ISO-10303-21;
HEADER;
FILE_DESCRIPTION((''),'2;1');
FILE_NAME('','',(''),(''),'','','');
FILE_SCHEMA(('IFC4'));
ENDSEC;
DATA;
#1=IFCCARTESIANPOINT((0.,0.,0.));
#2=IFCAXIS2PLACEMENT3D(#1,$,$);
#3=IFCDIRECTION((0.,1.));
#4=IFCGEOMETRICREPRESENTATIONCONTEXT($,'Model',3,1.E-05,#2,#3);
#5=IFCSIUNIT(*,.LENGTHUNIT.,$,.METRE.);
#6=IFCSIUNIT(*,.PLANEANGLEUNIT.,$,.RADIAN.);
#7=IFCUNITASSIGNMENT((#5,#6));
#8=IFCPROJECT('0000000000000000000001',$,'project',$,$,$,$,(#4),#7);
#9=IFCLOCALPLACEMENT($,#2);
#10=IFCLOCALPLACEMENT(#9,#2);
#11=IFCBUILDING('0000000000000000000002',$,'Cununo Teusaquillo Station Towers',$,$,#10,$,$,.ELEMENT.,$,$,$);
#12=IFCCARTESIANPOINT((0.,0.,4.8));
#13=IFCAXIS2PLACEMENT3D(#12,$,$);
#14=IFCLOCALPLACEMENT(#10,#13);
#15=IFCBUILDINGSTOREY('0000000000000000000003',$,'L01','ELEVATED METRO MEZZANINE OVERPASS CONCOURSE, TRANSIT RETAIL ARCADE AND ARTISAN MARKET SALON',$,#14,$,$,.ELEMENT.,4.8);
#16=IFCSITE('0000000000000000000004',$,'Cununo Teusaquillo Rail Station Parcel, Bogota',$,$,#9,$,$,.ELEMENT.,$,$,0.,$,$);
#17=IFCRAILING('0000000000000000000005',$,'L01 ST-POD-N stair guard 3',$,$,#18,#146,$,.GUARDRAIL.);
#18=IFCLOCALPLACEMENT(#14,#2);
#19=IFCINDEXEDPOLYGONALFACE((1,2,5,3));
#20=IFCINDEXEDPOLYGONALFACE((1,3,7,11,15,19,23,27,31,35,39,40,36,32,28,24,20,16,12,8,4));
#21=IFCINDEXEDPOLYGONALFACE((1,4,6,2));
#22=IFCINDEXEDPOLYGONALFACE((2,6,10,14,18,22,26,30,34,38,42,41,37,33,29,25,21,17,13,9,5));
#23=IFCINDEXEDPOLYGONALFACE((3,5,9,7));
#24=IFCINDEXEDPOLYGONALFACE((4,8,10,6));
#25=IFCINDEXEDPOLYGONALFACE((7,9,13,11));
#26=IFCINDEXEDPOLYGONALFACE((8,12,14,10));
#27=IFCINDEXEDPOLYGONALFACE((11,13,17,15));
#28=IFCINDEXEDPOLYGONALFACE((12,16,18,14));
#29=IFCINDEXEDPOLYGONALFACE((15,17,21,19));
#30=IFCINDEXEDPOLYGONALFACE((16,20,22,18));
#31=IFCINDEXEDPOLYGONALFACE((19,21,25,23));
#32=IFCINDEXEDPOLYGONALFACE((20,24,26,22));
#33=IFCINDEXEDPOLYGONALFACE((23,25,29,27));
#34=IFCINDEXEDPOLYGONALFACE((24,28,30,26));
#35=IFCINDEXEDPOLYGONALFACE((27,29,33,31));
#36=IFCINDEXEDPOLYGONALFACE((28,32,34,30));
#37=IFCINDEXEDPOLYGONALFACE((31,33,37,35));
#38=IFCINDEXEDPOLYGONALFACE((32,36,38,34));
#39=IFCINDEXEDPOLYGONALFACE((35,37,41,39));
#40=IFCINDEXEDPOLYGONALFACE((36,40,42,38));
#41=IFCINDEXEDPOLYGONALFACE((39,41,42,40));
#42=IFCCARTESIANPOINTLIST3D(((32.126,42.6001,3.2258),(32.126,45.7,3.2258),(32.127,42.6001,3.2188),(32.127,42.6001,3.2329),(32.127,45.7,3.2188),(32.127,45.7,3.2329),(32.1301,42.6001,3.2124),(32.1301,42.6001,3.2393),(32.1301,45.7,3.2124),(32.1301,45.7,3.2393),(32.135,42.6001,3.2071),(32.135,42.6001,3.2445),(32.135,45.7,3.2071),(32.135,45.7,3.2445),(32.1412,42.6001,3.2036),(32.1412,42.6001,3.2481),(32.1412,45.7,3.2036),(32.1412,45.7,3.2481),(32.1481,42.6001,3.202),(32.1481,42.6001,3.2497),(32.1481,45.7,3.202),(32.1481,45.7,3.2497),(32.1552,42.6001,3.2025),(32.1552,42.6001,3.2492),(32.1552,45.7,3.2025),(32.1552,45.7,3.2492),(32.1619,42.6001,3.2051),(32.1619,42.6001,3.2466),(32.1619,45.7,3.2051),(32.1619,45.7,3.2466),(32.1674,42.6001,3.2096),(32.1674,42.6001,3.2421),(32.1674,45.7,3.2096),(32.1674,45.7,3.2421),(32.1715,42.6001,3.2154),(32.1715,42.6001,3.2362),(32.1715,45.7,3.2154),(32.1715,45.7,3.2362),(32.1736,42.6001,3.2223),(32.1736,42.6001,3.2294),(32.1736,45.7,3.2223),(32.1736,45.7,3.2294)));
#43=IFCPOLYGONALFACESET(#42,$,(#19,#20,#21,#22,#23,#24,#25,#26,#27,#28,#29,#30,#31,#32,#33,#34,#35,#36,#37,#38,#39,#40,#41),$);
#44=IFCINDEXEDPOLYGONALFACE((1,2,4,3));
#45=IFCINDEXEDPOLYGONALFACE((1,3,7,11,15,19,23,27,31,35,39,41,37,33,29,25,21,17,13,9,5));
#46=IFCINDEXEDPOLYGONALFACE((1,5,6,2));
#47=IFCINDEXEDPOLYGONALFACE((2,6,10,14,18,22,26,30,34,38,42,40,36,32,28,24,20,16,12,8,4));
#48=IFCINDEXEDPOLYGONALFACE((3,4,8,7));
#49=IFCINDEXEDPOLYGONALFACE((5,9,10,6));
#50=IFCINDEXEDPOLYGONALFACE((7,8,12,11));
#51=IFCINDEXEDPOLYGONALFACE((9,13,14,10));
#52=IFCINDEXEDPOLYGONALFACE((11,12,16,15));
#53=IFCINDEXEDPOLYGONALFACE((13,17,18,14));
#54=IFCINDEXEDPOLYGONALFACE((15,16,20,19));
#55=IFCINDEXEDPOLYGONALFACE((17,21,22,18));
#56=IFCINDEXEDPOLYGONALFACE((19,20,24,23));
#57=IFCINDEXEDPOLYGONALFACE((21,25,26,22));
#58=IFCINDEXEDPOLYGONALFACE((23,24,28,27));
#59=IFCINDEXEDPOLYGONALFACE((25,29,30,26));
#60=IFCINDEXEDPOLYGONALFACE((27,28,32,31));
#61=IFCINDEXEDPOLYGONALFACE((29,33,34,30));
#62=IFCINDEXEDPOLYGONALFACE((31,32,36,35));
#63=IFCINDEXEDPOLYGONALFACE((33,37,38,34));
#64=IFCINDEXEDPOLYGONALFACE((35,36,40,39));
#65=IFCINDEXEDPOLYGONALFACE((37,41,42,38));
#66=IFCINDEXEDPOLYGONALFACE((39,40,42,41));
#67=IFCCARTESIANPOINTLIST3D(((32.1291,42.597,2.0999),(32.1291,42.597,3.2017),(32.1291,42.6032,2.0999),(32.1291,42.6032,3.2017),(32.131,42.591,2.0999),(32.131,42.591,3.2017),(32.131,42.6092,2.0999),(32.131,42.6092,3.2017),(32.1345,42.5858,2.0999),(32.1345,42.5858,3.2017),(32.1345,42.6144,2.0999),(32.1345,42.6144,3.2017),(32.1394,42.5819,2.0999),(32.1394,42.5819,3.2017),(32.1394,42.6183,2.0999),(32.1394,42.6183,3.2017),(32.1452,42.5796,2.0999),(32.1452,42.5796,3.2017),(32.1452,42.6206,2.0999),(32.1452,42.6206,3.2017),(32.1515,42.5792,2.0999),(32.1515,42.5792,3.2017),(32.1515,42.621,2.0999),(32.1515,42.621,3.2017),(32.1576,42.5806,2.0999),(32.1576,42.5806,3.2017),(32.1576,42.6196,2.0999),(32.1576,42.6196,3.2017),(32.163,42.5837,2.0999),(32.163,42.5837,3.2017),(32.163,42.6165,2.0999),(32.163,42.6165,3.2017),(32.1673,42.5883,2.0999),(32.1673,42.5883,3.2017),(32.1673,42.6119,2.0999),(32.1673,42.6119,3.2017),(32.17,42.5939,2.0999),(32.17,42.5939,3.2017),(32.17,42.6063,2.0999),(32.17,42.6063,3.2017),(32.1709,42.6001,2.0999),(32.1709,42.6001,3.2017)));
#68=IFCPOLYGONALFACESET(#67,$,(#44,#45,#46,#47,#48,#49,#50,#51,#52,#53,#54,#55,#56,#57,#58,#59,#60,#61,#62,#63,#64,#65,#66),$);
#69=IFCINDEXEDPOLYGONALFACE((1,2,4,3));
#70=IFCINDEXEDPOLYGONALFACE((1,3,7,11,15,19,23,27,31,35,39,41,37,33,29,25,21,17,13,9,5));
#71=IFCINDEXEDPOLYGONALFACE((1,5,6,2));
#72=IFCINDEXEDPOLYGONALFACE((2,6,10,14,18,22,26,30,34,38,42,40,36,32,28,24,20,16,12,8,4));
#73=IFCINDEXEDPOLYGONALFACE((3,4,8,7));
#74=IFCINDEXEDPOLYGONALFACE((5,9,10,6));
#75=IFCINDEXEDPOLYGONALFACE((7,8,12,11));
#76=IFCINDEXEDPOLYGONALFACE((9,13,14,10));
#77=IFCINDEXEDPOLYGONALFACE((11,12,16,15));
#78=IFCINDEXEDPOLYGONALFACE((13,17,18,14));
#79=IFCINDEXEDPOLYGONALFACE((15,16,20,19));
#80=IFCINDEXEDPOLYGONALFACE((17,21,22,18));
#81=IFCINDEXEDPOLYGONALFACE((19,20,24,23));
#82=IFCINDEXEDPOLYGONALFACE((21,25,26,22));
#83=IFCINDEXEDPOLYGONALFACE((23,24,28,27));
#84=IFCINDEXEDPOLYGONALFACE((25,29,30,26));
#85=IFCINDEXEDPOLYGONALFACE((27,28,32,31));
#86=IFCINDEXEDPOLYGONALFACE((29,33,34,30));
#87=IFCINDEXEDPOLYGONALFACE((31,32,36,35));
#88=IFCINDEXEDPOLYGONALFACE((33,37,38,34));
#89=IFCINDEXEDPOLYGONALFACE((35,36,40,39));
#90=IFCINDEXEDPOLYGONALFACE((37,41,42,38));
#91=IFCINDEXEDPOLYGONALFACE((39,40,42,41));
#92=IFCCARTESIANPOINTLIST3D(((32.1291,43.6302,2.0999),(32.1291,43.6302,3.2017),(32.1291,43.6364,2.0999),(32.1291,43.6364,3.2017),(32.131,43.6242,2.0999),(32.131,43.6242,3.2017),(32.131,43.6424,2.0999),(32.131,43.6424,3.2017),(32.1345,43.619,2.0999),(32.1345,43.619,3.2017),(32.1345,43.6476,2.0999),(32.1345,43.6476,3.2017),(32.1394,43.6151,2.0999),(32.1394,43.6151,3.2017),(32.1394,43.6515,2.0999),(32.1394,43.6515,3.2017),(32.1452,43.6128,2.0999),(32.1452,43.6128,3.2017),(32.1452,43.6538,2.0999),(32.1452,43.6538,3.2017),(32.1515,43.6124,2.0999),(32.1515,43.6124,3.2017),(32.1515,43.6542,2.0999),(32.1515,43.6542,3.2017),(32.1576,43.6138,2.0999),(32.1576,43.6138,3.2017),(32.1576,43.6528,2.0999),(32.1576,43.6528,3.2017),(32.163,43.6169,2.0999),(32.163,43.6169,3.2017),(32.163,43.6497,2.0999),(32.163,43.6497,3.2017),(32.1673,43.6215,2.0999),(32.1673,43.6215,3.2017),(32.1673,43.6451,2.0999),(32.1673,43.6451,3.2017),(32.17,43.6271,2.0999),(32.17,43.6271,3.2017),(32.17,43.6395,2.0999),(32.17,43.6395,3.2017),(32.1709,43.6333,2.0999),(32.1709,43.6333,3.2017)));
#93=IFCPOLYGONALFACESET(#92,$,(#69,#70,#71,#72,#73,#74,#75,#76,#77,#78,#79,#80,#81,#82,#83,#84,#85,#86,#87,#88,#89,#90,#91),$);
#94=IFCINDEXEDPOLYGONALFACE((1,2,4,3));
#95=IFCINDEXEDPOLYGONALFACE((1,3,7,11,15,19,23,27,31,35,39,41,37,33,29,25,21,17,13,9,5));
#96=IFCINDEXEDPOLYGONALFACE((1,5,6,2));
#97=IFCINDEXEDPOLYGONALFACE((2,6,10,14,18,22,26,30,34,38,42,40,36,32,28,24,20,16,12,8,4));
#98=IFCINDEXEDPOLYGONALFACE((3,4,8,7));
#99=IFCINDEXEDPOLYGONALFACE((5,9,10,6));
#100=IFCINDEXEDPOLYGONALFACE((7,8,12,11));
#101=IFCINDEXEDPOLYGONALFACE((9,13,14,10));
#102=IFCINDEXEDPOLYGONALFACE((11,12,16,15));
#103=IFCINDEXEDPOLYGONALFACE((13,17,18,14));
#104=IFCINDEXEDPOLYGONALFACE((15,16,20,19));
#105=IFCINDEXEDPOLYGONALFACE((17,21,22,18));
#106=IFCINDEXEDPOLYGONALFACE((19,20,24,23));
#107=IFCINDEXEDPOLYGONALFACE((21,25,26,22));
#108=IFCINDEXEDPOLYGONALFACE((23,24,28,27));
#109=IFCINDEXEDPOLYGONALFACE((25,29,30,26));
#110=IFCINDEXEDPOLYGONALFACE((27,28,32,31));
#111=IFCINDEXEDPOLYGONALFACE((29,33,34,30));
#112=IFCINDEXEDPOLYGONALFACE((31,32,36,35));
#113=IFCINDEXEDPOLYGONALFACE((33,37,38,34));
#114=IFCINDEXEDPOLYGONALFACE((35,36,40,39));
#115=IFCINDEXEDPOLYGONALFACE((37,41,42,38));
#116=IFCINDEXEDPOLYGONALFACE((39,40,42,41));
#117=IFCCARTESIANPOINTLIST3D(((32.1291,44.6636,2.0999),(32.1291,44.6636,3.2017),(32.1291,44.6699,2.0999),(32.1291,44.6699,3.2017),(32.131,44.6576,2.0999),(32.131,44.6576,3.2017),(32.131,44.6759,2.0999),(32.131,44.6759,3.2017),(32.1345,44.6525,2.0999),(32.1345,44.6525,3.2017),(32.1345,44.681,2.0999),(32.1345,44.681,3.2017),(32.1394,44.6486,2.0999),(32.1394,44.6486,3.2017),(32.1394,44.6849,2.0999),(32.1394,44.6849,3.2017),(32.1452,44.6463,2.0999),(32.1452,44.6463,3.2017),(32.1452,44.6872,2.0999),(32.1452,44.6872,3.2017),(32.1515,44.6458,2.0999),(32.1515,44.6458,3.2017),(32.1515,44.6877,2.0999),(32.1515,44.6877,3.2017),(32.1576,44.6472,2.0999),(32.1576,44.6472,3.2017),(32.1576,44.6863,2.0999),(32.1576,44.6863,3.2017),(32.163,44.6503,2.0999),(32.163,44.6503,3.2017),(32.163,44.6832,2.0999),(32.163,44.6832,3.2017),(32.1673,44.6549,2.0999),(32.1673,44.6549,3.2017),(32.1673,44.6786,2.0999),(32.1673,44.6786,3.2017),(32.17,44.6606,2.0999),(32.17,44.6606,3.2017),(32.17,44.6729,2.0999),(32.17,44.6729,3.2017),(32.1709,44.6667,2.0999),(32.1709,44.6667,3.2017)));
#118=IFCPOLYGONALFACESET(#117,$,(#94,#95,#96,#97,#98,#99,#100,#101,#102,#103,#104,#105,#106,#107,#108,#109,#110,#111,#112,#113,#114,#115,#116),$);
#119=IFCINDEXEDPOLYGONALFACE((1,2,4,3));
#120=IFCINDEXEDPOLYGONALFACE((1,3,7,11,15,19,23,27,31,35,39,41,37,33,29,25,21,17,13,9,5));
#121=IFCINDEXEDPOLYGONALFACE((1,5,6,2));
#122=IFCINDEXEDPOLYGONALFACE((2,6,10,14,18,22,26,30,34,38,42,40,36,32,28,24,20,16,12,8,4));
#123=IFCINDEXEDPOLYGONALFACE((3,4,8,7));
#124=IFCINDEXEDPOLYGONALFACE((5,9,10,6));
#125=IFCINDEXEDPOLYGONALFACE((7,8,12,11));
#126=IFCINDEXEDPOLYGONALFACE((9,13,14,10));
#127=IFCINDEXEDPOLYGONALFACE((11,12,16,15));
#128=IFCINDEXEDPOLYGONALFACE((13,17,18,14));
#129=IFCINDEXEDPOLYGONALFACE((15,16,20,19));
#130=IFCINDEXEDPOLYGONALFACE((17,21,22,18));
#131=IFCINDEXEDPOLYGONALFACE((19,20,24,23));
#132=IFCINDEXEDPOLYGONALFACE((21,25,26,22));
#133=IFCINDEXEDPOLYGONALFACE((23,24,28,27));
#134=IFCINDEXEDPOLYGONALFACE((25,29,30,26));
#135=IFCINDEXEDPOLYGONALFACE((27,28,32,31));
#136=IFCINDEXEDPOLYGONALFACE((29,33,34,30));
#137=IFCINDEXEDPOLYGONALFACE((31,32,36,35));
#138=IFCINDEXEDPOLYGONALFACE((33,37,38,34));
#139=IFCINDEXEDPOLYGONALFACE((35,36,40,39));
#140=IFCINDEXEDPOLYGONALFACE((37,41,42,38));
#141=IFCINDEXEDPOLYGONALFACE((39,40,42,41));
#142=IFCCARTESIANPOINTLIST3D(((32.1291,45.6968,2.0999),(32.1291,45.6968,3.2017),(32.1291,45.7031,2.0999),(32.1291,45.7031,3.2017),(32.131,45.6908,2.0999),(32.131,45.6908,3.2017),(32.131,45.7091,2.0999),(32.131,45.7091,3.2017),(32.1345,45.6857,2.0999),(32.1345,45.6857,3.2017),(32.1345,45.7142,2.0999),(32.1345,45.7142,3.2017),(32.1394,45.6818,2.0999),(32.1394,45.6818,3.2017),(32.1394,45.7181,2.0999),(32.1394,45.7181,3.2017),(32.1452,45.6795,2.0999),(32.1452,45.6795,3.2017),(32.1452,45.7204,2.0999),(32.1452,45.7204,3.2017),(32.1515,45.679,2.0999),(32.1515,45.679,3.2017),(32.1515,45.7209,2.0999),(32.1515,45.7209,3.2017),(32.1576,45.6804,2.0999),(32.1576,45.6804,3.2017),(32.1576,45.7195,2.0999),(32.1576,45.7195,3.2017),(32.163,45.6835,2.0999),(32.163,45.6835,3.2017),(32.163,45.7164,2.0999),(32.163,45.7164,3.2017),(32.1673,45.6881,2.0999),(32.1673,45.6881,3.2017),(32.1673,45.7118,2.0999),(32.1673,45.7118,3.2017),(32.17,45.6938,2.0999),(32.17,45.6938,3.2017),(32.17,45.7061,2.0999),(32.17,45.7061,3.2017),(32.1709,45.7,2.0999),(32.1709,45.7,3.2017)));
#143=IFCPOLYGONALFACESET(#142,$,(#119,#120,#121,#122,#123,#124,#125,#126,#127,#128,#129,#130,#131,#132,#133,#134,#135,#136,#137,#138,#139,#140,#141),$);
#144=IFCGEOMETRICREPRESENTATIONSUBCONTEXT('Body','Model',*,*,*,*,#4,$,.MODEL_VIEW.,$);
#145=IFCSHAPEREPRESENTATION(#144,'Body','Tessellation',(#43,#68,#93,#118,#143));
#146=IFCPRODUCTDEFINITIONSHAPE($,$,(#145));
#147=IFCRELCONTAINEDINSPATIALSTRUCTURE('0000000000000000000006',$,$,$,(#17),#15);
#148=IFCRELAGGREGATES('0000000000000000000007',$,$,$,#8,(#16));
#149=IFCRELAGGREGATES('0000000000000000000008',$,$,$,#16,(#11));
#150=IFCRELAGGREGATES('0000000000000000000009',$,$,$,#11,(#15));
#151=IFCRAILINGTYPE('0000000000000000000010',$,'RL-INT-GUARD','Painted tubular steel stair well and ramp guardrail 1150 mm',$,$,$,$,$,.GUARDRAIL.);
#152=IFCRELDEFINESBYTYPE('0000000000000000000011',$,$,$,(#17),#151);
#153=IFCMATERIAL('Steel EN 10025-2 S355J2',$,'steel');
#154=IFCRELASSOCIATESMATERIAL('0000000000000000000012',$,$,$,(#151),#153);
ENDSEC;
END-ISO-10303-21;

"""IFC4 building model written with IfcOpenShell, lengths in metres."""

from ifc_helpers import new_model, si_unit, direction, frame, origin, origin_2d, place, context, subcontext, project, spatial, circle, extrude, material, type_object, element, save


model = new_model("IFC4")

# Units and contexts
model_context = context("Model", 3, precision=1e-05, world=origin(), true_north=direction((0.0, 1.0)))
body_context = subcontext(model_context, "Body", "Model", "MODEL_VIEW")
ifc_project = project(units=[si_unit("LENGTHUNIT", "METRE"), si_unit("PLANEANGLEUNIT", "RADIAN")], contexts=[model_context])

# Site, building, storey
site_placement = place(None, origin())
site = spatial("IfcSite", under=ifc_project, at=site_placement, Name="Cununo Teusaquillo Rail Station Parcel, Bogota", CompositionType="ELEMENT", RefElevation=0.0)
building_placement = place(site_placement, origin())
building = spatial("IfcBuilding", under=site, at=building_placement, Name="Cununo Teusaquillo Station Towers", CompositionType="ELEMENT")
storey_placement = place(building_placement, frame((0.0, 0.0, 4.8)))
storey = spatial("IfcBuildingStorey", under=building, at=storey_placement, Name="L01", Description="ELEVATED METRO MEZZANINE OVERPASS CONCOURSE, TRANSIT RETAIL ARCADE AND ARTISAN MARKET SALON", CompositionType="ELEMENT", Elevation=4.8)

# Railing
ifc_material_1 = material(Name="Steel EN 10025-2 S355J2", Category="steel")
railing_type_1 = type_object("IfcRailingType", Name="RL-INT-GUARD", Description="Painted tubular steel stair well and ramp guardrail 1150 mm", PredefinedType="GUARDRAIL", material=ifc_material_1)
railing_1_placement = place(storey_placement, frame((32.1499, 42.6001, 2.0999)))
element("IfcRailing", 1, at=railing_1_placement, inside=storey, type_object=railing_type_1, Name="L01 ST-POD-N stair guard 3", PredefinedType="GUARDRAIL", context=body_context, shape_type="SweptSolid", body=[
    extrude(circle(Radius=0.0239, at=origin_2d()), frame((0.0, 0.0, 1.126), z_axis=(0.0, 1.0, 0.0), x_axis=(-1.0, 0.0, 0.0)), (0.0, 0.0, 1.0), 3.0999),
    extrude(circle(Radius=0.021, at=origin_2d()), origin(), (0.0, 0.0, 1.0), 1.1018),
    extrude(circle(Radius=0.021, at=origin_2d()), frame((0.0, 1.0332, 0.0)), (0.0, 0.0, 1.0), 1.1018),
    extrude(circle(Radius=0.021, at=origin_2d()), frame((0.0, 2.0667, 0.0)), (0.0, 0.0, 1.0), 1.1018),
    extrude(circle(Radius=0.021, at=origin_2d()), frame((0.0, 3.0999, 0.0)), (0.0, 0.0, 1.0), 1.1018),
])

save(model, "model.ifc")
